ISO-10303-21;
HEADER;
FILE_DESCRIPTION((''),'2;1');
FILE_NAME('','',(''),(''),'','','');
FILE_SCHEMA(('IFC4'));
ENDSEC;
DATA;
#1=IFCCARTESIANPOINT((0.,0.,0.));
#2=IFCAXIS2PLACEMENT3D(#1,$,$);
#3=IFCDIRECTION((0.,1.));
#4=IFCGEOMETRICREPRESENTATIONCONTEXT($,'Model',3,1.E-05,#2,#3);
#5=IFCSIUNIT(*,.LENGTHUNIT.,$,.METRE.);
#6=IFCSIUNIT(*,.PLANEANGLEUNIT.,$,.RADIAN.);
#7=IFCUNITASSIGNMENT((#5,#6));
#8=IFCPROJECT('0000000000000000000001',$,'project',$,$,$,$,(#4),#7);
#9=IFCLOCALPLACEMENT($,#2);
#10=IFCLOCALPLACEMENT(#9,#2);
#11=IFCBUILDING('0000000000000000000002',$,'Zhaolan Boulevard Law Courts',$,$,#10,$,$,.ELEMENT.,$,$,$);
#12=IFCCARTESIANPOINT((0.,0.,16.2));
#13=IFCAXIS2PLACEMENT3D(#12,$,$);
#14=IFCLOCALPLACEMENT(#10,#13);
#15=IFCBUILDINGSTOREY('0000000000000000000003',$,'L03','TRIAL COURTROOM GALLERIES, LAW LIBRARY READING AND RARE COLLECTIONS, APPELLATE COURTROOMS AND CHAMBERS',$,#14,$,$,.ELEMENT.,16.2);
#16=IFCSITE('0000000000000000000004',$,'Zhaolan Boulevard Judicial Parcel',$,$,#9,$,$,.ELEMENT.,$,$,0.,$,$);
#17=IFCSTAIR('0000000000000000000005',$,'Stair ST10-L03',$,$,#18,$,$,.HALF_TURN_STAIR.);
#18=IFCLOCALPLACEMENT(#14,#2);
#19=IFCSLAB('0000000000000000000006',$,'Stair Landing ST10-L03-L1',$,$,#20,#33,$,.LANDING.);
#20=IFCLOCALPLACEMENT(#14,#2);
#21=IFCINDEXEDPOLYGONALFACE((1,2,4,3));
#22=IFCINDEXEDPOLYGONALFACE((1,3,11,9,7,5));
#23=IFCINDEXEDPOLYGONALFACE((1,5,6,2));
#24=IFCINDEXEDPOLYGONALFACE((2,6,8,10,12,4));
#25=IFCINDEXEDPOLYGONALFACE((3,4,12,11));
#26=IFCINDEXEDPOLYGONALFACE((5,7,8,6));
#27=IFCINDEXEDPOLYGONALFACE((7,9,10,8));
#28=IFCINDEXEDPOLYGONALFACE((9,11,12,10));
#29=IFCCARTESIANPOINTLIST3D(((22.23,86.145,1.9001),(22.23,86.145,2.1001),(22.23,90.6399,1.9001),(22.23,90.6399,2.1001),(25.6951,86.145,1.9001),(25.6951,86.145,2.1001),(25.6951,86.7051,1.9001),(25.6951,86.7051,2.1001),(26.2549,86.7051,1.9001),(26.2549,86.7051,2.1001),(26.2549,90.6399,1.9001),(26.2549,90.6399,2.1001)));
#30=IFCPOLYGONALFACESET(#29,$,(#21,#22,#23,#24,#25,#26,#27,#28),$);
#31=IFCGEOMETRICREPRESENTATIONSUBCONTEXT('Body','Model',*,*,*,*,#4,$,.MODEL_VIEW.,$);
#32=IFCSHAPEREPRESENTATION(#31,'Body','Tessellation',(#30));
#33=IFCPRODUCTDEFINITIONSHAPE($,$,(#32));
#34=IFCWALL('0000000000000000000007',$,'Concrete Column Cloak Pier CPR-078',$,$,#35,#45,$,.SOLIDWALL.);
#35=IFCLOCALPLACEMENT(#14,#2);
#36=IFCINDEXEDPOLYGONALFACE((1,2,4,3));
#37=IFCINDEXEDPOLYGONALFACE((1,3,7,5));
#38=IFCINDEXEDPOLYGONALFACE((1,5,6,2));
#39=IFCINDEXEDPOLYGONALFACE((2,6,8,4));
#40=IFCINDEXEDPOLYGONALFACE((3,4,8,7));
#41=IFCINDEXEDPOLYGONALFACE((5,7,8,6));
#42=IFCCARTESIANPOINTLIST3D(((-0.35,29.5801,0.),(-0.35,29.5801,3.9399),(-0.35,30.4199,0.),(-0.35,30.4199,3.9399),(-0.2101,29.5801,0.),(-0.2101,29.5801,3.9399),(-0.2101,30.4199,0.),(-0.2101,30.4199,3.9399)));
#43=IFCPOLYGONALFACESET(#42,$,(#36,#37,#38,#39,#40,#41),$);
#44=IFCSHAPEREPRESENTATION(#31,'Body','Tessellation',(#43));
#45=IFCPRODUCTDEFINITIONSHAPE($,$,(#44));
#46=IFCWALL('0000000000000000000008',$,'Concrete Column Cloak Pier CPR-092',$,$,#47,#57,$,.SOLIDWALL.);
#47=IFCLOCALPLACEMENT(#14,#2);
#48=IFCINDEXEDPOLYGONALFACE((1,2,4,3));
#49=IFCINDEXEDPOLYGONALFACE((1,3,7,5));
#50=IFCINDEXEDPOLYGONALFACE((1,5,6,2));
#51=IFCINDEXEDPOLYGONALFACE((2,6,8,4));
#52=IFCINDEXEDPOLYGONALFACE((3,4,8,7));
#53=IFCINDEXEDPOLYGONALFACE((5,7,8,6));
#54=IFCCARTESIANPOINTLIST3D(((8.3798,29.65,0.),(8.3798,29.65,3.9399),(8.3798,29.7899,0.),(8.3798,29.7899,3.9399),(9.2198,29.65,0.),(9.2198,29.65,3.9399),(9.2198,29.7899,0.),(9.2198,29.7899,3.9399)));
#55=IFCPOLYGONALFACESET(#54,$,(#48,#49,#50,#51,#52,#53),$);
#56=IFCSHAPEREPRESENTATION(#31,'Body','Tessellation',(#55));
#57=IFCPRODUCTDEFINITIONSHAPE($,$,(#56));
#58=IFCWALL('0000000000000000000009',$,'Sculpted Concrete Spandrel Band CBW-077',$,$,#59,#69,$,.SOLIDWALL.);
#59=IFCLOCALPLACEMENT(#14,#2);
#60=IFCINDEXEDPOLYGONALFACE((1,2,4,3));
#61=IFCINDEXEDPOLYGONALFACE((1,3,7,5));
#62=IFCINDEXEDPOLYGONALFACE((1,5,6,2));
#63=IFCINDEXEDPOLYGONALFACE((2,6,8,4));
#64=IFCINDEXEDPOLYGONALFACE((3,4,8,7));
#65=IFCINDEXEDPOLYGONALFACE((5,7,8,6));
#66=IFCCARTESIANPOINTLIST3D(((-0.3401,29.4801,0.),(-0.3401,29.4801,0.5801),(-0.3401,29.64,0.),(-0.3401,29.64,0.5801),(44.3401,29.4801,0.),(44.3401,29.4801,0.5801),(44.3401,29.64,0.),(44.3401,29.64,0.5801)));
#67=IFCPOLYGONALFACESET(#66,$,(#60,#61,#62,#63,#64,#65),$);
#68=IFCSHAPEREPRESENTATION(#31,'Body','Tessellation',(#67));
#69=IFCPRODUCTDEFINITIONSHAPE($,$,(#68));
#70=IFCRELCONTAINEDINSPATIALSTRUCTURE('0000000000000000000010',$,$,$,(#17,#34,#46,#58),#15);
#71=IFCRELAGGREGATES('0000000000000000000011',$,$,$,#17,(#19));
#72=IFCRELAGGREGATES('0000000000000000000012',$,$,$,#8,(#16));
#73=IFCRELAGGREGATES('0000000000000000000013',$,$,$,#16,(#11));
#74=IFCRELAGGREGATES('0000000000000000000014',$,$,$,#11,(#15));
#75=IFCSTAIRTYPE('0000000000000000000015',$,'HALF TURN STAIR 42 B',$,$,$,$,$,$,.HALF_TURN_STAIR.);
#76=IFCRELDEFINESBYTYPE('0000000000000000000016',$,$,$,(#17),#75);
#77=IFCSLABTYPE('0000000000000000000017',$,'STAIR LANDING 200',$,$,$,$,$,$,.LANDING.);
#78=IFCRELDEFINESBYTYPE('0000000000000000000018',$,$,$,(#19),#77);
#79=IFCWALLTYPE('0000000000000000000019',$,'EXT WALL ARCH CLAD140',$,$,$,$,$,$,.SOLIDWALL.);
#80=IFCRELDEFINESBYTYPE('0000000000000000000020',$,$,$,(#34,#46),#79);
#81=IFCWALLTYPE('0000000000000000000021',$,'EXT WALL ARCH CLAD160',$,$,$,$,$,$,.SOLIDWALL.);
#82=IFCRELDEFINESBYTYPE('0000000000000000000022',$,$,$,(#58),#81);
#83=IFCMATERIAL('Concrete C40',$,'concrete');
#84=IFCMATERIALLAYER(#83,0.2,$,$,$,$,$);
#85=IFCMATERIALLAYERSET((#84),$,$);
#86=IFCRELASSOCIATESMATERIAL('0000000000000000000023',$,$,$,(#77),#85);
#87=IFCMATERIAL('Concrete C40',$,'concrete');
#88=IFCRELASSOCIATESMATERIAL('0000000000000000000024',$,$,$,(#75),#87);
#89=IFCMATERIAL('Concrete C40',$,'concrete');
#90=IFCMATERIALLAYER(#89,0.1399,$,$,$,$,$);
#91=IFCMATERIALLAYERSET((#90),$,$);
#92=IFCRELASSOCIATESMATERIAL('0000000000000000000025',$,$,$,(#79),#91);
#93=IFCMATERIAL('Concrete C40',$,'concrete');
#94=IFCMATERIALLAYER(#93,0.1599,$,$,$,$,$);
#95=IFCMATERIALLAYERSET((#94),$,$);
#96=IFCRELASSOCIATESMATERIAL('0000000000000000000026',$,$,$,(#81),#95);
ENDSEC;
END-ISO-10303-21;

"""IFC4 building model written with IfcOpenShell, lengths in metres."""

from ifc_helpers import new_model, si_unit, direction, frame, frame_2d, origin, place, context, subcontext, project, spatial, polyline, rectangle, outline, extrude, material, layer, layer_set, type_object, element, aggregate, save


model = new_model("IFC4")

# Units and contexts
model_context = context("Model", 3, precision=1e-05, world=origin(), true_north=direction((0.0, 1.0)))
body_context = subcontext(model_context, "Body", "Model", "MODEL_VIEW")
ifc_project = project(units=[si_unit("LENGTHUNIT", "METRE"), si_unit("PLANEANGLEUNIT", "RADIAN")], contexts=[model_context])

# Site, building, storey
site_placement = place(None, origin())
site = spatial("IfcSite", under=ifc_project, at=site_placement, Name="Zhaolan Boulevard Judicial Parcel", CompositionType="ELEMENT", RefElevation=0.0)
building_placement = place(site_placement, origin())
building = spatial("IfcBuilding", under=site, at=building_placement, Name="Zhaolan Boulevard Law Courts", CompositionType="ELEMENT")
storey_placement = place(building_placement, frame((0.0, 0.0, 16.2)))
storey = spatial("IfcBuildingStorey", under=building, at=storey_placement, Name="L03", Description="TRIAL COURTROOM GALLERIES, LAW LIBRARY READING AND RARE COLLECTIONS, APPELLATE COURTROOMS AND CHAMBERS", CompositionType="ELEMENT", Elevation=16.2)

# Stair, slab
ifc_material_1 = material(Name="Concrete C40", Category="concrete")
ifc_layer_1 = layer(ifc_material_1, 0.2)
ifc_layer_set_1 = layer_set([ifc_layer_1])
slab_type_1 = type_object("IfcSlabType", Name="STAIR LANDING 200", PredefinedType="LANDING", material=ifc_layer_set_1)
ifc_material_2 = material(Name="Concrete C40", Category="concrete")
stair_type_1 = type_object("IfcStairType", Name="HALF TURN STAIR 42 B", PredefinedType="HALF_TURN_STAIR", material=ifc_material_2)
stair_1_placement = place(storey_placement, origin())
stair_1 = element("IfcStair", 1, at=stair_1_placement, inside=storey, type_object=stair_type_1, Name="Stair ST10-L03", PredefinedType="HALF_TURN_STAIR")
slab_1_placement = place(storey_placement, frame((0.0, 0.0, 1.9001)))
slab_1 = element("IfcSlab", 2, at=slab_1_placement, type_object=slab_type_1, Name="Stair Landing ST10-L03-L1", PredefinedType="LANDING", context=body_context, shape_type="SweptSolid", body=[
    extrude(outline(polyline([(22.23, 86.145), (25.6951, 86.145), (25.6951, 86.7051), (26.2549, 86.7051), (26.2549, 90.6399), (22.23, 90.6399), (22.23, 86.145)])), origin(), (0.0, 0.0, 1.0), 0.2),
])
aggregate(stair_1, [slab_1])

# Walls
ifc_material_3 = material(Name="Concrete C40", Category="concrete")
ifc_layer_2 = layer(ifc_material_3, 0.1399)
ifc_layer_set_2 = layer_set([ifc_layer_2])
wall_type_1 = type_object("IfcWallType", Name="EXT WALL ARCH CLAD140", PredefinedType="SOLIDWALL", material=ifc_layer_set_2)
wall_1_placement = place(storey_placement, frame((-0.28, 29.5801, 0.0), z_axis=(0.0, 0.0, 1.0), x_axis=(0.0, 1.0, 0.0)))
element("IfcWall", 3, at=wall_1_placement, inside=storey, type_object=wall_type_1, Name="Concrete Column Cloak Pier CPR-078", PredefinedType="SOLIDWALL", context=body_context, shape_type="SweptSolid", body=[
    extrude(rectangle(XDim=0.8398, YDim=0.1399, at=frame_2d((0.4199, 0.0))), origin(), (0.0, 0.0, 1.0), 3.9399),
])
wall_2_placement = place(storey_placement, frame((8.3799, 29.72, 0.0), z_axis=(0.0, 0.0, 1.0), x_axis=(1.0, 0.0, 0.0)))
element("IfcWall", 4, at=wall_2_placement, inside=storey, type_object=wall_type_1, Name="Concrete Column Cloak Pier CPR-092", PredefinedType="SOLIDWALL", context=body_context, shape_type="SweptSolid", body=[
    extrude(rectangle(XDim=0.8401, YDim=0.1399, at=frame_2d((0.4199, 0.0))), origin(), (0.0, 0.0, 1.0), 3.9399),
])
ifc_material_4 = material(Name="Concrete C40", Category="concrete")
ifc_layer_3 = layer(ifc_material_4, 0.1599)
ifc_layer_set_3 = layer_set([ifc_layer_3])
wall_type_2 = type_object("IfcWallType", Name="EXT WALL ARCH CLAD160", PredefinedType="SOLIDWALL", material=ifc_layer_set_3)
wall_3_placement = place(storey_placement, frame((-0.3401, 29.5601, 0.0), z_axis=(0.0, 0.0, 1.0), x_axis=(1.0, 0.0, 0.0)))
element("IfcWall", 5, at=wall_3_placement, inside=storey, type_object=wall_type_2, Name="Sculpted Concrete Spandrel Band CBW-077", PredefinedType="SOLIDWALL", context=body_context, shape_type="SweptSolid", body=[
    extrude(rectangle(XDim=44.6802, YDim=0.1599, at=frame_2d((22.3401, 0.0))), origin(), (0.0, 0.0, 1.0), 0.5801),
])

save(model, "model.ifc")
